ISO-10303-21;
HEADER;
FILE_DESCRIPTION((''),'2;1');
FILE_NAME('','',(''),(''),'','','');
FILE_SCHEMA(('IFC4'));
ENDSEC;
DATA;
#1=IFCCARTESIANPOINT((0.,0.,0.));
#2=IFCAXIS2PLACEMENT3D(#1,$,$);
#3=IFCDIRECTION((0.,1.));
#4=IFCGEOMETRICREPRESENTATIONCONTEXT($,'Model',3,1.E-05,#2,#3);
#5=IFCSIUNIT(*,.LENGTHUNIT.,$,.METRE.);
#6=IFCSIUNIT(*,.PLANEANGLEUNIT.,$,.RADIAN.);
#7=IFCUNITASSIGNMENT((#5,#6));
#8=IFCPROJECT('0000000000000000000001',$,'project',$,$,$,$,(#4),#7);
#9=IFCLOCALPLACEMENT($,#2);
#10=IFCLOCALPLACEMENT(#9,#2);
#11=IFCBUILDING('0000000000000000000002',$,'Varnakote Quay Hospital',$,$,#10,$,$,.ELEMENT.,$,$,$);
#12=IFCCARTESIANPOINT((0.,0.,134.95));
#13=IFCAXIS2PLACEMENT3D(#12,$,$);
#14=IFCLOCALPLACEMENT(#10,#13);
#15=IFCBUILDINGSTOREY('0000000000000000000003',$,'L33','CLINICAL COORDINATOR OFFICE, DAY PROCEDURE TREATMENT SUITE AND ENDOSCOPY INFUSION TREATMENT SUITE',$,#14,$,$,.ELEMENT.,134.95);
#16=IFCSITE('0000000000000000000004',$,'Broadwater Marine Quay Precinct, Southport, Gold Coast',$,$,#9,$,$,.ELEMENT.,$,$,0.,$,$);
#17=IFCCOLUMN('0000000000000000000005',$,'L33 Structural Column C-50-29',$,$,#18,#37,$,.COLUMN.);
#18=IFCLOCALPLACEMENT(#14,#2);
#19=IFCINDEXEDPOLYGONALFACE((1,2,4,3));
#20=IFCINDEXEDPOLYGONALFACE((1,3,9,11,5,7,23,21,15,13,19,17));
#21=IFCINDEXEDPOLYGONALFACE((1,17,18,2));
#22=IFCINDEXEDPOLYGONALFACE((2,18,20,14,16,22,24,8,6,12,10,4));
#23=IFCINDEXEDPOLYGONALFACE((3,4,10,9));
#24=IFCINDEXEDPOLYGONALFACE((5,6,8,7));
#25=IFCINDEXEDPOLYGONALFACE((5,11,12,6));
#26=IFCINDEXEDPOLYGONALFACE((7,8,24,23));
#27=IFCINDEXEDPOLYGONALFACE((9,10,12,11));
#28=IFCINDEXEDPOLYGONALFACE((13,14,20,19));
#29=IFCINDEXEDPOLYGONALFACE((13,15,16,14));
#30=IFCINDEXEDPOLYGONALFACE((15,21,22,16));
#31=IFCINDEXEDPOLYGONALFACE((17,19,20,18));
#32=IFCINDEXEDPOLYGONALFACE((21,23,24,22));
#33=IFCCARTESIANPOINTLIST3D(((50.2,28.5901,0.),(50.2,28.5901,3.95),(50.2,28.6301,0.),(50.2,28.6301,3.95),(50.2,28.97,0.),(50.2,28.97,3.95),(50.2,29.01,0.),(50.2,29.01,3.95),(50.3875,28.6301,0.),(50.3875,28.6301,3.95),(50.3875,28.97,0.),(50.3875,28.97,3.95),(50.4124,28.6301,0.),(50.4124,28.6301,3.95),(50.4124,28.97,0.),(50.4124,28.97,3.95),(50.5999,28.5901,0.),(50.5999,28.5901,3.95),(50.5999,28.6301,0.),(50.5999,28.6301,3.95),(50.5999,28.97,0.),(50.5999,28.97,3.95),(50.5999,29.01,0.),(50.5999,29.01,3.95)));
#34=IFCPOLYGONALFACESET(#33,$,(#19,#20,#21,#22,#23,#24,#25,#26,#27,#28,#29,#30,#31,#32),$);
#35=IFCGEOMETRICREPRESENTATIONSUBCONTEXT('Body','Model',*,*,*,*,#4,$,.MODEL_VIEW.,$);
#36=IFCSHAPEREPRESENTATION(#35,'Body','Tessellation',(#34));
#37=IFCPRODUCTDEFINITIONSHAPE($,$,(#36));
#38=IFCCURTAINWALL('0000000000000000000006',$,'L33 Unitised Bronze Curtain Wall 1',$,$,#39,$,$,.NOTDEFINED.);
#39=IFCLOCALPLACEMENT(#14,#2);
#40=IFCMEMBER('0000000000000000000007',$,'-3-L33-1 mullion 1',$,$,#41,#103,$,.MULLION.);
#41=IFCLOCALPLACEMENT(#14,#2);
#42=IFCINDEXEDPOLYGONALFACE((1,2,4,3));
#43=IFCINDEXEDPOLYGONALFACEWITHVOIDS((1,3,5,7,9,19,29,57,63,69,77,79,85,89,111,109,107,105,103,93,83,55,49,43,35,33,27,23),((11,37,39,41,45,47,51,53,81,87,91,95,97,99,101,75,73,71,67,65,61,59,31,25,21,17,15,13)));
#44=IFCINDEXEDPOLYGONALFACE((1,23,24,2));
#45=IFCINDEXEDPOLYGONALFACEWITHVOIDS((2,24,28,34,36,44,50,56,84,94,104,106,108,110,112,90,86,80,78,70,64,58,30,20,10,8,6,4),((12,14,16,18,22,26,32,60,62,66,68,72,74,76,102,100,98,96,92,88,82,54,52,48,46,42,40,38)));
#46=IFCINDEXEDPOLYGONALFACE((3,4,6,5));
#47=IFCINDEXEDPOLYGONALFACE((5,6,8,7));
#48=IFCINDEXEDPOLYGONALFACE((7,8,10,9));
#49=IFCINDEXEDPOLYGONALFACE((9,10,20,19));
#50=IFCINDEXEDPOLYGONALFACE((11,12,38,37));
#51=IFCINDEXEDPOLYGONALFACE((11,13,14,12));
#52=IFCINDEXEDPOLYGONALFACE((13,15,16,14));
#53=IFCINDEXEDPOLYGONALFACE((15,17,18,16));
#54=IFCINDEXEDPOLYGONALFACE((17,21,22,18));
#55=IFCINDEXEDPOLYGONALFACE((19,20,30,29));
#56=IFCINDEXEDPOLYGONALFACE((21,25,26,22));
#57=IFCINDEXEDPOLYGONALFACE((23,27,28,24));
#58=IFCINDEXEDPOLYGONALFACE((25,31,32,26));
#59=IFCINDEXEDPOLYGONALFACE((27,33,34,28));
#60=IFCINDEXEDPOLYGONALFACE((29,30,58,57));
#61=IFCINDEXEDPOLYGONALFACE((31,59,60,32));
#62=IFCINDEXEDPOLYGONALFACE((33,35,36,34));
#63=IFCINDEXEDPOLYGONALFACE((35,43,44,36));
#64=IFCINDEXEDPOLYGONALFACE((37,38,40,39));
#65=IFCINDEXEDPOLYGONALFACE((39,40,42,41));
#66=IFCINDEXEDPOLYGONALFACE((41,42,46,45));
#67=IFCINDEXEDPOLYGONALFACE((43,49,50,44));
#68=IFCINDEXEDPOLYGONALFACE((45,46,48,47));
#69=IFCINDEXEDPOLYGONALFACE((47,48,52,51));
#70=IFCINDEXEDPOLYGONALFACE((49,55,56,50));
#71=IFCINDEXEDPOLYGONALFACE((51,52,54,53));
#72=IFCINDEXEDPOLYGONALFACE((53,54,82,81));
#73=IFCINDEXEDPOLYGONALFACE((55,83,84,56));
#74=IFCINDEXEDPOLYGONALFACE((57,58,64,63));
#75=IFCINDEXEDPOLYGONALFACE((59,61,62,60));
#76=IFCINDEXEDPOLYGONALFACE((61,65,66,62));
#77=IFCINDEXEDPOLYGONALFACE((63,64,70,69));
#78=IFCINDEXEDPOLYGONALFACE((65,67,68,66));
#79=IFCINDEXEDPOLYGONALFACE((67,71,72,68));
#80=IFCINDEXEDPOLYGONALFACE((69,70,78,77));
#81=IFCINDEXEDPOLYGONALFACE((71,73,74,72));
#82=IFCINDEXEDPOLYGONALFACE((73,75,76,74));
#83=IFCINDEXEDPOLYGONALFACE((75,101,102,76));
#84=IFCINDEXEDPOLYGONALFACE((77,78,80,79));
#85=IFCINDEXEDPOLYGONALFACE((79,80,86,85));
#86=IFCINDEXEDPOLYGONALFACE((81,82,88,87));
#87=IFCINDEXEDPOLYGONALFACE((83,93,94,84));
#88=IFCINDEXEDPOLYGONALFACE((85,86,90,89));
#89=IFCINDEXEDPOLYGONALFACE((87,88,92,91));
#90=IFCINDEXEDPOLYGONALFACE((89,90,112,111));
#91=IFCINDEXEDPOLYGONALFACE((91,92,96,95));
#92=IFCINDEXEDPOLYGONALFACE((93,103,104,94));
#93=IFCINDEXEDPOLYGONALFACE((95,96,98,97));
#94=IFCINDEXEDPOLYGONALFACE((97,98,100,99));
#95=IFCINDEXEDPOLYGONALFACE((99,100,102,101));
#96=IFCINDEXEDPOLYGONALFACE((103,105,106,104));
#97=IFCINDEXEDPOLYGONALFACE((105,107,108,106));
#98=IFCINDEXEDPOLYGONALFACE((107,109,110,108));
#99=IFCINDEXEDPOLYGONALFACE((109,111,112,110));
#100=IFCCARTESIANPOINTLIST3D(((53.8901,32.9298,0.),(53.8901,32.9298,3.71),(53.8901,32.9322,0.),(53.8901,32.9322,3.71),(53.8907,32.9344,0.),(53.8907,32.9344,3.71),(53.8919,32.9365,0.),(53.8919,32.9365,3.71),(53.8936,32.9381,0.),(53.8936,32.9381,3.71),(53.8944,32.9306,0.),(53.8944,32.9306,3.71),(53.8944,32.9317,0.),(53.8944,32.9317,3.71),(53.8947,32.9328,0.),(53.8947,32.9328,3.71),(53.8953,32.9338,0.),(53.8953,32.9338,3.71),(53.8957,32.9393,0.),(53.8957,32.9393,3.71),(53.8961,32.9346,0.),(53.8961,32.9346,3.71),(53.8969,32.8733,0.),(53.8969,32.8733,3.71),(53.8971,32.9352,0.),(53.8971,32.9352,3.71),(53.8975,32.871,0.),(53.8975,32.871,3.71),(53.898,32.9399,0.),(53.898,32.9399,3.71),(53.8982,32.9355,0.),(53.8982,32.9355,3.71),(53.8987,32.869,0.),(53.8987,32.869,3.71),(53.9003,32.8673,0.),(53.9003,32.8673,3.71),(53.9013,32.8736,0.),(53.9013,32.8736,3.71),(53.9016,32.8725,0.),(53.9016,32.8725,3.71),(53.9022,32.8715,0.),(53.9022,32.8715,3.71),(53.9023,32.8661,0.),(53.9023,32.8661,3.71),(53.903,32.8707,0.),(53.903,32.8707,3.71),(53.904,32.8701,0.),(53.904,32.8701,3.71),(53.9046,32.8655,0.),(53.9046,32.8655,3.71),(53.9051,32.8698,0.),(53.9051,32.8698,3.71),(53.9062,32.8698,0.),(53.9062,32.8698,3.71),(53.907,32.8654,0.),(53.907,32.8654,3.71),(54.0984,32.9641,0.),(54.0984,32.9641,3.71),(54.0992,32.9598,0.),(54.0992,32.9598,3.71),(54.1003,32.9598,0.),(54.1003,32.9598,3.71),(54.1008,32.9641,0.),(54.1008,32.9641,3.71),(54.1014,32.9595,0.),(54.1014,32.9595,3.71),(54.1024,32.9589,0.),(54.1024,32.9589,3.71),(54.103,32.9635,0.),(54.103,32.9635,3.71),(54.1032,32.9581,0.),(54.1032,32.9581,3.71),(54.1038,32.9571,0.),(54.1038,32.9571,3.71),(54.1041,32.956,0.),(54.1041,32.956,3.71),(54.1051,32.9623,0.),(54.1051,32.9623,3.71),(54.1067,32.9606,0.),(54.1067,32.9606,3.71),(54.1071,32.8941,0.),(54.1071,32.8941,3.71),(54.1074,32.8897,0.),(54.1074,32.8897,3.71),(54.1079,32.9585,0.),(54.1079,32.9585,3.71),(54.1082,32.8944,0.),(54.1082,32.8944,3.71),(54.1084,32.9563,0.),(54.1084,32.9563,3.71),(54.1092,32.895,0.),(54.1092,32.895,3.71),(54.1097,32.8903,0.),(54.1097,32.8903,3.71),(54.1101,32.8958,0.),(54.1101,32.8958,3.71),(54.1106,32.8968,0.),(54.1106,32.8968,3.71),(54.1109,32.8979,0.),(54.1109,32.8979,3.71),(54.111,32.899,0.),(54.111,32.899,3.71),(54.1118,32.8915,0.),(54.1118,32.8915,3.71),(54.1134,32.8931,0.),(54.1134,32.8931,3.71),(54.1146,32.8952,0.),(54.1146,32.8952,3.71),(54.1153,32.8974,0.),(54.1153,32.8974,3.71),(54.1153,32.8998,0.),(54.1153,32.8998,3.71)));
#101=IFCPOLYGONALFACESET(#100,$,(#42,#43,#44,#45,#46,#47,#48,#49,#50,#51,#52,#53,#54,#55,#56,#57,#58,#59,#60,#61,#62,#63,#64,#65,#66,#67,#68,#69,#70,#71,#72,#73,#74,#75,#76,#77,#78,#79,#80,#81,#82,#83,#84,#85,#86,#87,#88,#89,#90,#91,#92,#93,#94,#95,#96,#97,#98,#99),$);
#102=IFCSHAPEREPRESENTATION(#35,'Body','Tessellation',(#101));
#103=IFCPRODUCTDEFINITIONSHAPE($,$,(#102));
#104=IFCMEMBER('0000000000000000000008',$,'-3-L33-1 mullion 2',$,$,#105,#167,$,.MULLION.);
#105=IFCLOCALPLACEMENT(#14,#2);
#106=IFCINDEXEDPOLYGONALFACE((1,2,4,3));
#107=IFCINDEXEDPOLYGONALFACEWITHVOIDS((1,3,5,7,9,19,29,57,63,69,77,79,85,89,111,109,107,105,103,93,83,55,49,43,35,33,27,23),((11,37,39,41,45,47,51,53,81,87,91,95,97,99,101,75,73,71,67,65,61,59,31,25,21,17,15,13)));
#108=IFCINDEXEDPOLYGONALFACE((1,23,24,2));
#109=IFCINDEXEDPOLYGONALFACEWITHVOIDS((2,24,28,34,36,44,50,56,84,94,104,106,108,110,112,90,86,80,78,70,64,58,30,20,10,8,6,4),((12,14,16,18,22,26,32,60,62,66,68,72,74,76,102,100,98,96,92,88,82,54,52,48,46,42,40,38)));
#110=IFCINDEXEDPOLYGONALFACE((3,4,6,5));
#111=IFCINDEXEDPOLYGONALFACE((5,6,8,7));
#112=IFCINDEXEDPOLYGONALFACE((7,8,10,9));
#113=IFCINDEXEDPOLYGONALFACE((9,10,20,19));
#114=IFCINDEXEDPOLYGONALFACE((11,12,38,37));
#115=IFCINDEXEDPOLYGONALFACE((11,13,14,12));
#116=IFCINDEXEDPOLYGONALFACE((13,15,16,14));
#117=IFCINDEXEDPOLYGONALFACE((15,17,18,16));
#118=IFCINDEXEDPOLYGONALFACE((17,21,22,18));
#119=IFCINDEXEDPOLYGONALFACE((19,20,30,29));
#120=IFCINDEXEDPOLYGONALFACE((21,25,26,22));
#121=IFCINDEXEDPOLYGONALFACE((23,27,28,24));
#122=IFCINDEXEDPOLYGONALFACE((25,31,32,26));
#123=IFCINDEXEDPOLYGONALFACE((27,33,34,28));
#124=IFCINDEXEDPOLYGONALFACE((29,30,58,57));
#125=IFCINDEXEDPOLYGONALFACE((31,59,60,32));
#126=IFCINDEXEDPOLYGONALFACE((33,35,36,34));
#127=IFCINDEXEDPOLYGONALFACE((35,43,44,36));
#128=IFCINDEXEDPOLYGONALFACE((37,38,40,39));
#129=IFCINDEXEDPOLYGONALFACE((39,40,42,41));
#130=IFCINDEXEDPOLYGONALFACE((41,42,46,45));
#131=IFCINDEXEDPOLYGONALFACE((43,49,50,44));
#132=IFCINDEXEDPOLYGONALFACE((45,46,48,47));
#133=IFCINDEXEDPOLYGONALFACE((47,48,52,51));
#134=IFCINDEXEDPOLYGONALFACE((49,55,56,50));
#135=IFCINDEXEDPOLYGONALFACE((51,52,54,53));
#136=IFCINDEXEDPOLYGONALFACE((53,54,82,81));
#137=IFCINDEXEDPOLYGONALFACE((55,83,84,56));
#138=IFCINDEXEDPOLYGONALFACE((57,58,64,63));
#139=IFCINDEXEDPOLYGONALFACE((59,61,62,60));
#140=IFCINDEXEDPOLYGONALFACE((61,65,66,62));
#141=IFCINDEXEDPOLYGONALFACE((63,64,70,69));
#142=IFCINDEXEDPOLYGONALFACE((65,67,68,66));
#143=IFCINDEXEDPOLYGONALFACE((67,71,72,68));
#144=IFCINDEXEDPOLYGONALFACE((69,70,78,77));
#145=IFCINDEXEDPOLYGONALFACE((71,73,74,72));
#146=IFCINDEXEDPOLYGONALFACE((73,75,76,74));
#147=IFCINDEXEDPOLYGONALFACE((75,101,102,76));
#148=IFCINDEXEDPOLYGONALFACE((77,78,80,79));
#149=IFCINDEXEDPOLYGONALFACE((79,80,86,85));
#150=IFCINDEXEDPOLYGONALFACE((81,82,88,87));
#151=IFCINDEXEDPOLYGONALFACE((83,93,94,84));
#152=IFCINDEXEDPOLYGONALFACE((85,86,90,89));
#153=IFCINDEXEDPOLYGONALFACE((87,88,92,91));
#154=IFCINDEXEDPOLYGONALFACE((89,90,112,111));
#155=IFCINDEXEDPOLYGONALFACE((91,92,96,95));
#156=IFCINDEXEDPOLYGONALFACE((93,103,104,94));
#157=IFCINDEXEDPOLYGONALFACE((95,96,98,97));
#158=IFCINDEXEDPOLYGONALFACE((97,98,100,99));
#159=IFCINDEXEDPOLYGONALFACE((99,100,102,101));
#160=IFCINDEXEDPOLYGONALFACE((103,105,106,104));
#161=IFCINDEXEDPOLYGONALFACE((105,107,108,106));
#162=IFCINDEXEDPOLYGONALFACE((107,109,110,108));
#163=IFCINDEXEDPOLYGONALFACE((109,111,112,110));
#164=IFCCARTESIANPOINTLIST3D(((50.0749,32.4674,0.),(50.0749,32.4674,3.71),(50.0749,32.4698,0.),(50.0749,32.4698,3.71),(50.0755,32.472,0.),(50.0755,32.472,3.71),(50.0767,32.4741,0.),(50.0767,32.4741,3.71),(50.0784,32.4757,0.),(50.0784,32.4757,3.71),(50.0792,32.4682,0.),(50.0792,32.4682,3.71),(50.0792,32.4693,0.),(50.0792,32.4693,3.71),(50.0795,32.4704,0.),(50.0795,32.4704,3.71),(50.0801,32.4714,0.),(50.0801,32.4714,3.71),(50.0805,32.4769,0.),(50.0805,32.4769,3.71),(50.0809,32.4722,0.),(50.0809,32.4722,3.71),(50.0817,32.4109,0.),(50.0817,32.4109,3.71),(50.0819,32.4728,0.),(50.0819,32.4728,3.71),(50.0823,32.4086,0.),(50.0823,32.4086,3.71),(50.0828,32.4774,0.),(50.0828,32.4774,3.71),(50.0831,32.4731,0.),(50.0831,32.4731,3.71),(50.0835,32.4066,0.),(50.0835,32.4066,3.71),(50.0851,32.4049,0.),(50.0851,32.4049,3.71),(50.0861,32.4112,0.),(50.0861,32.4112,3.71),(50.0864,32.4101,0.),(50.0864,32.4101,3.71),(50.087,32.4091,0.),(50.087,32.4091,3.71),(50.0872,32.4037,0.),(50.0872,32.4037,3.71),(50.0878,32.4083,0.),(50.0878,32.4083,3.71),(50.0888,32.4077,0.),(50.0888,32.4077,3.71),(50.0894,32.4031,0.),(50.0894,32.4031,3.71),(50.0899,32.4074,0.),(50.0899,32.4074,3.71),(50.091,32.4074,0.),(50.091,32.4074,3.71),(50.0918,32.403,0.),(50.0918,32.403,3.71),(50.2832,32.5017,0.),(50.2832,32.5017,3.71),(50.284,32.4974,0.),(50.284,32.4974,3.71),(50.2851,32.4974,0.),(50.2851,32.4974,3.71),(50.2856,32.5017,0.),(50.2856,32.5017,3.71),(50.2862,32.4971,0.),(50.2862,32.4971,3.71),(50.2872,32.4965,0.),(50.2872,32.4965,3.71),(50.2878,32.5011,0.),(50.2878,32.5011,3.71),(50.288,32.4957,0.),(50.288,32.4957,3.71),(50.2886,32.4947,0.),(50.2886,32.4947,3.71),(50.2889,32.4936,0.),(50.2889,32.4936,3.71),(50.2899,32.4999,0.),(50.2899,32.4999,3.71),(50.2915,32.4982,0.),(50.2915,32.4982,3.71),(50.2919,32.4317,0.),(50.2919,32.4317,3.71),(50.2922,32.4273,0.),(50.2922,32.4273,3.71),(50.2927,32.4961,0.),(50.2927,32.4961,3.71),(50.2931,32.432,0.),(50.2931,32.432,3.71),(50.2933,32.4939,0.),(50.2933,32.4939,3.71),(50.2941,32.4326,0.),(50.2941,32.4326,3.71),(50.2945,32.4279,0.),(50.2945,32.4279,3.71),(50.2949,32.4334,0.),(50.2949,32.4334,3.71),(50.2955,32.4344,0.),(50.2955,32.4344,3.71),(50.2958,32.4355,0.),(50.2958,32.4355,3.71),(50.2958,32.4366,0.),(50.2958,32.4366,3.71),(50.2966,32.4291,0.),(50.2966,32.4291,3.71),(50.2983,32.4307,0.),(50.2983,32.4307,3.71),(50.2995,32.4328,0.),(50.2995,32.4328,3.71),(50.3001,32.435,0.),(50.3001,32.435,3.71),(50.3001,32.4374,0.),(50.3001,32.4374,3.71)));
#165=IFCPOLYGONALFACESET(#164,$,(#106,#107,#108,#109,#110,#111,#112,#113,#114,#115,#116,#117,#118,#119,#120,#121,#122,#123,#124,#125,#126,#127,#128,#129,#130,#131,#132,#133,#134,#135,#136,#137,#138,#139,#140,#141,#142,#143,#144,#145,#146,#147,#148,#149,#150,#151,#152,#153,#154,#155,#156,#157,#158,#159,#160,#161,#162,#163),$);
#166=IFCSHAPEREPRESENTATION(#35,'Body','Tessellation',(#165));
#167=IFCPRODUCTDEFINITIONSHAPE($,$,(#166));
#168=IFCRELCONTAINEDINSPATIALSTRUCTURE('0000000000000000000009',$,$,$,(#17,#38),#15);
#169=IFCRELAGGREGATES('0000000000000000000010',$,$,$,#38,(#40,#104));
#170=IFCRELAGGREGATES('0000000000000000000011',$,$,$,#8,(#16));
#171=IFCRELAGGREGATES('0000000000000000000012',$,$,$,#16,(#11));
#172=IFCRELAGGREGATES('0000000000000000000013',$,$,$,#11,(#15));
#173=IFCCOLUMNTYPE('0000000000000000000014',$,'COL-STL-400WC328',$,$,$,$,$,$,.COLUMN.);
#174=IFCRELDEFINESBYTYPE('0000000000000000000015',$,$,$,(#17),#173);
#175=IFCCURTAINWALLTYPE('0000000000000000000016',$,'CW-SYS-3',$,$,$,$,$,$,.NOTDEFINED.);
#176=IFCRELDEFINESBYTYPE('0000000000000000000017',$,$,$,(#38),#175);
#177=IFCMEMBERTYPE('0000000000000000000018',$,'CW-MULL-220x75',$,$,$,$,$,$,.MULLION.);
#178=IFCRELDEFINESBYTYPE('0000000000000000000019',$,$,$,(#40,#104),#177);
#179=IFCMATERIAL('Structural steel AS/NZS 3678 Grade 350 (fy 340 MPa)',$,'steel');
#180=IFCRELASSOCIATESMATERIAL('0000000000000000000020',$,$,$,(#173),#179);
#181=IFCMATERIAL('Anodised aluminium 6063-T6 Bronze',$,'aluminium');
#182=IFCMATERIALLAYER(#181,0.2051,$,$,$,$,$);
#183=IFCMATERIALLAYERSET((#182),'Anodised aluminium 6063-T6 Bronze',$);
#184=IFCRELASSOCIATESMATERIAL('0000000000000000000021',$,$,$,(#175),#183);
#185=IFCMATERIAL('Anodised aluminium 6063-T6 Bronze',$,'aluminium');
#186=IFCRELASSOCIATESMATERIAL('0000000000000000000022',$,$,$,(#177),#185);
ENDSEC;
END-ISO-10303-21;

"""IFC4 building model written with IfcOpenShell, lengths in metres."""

from ifc_helpers import new_model, si_unit, direction, frame, origin, origin_2d, place, context, subcontext, project, spatial, hollow_rectangle, i_section, extrude, material, layer, layer_set, material_profile, profile_set, type_object, element, aggregate, save


model = new_model("IFC4")

# Units and contexts
model_context = context("Model", 3, precision=1e-05, world=origin(), true_north=direction((0.0, 1.0)))
body_context = subcontext(model_context, "Body", "Model", "MODEL_VIEW")
ifc_project = project(units=[si_unit("LENGTHUNIT", "METRE"), si_unit("PLANEANGLEUNIT", "RADIAN")], contexts=[model_context])

# Site, building, storey
site_placement = place(None, origin())
site = spatial("IfcSite", under=ifc_project, at=site_placement, Name="Broadwater Marine Quay Precinct, Southport, Gold Coast", CompositionType="ELEMENT", RefElevation=0.0)
building_placement = place(site_placement, origin())
building = spatial("IfcBuilding", under=site, at=building_placement, Name="Varnakote Quay Hospital", CompositionType="ELEMENT")
storey_placement = place(building_placement, frame((0.0, 0.0, 134.95)))
storey = spatial("IfcBuildingStorey", under=building, at=storey_placement, Name="L33", Description="CLINICAL COORDINATOR OFFICE, DAY PROCEDURE TREATMENT SUITE AND ENDOSCOPY INFUSION TREATMENT SUITE", CompositionType="ELEMENT", Elevation=134.95)

# Column
ifc_material_1 = material(Name="Structural steel AS/NZS 3678 Grade 350 (fy 340 MPa)", Category="steel")
ifc_material_profile_1 = material_profile(ifc_material_1, i_section(OverallWidth=0.3999, OverallDepth=0.4199, WebThickness=0.0249, FlangeThickness=0.04, at=origin_2d()), Name="400WC328")
ifc_profile_set_1 = profile_set([ifc_material_profile_1], Name="Structural steel AS/NZS 3678 Grade 350 (fy 340 MPa)")
column_type = type_object("IfcColumnType", Name="COL-STL-400WC328", PredefinedType="COLUMN", material=ifc_profile_set_1)
column_placement = place(storey_placement, frame((50.3999, 28.8, 0.0), z_axis=(0.0, 0.0, 1.0), x_axis=(1.0, 0.0, 0.0)))
element("IfcColumn", 1, at=column_placement, inside=storey, type_object=column_type, Name="L33 Structural Column C-50-29", PredefinedType="COLUMN", context=body_context, shape_type="SweptSolid", body=[
    extrude(i_section(OverallWidth=0.3999, OverallDepth=0.4199, WebThickness=0.0249, FlangeThickness=0.04, at=origin_2d()), origin(), (0.0, 0.0, 1.0), 3.95),
])

# Curtain wall, members
ifc_material_2 = material(Name="Anodised aluminium 6063-T6 Bronze", Category="aluminium")
ifc_layer_1 = layer(ifc_material_2, 0.2051)
ifc_layer_set_1 = layer_set([ifc_layer_1], Name="Anodised aluminium 6063-T6 Bronze")
curtain_wall_type = type_object("IfcCurtainWallType", Name="CW-SYS-3", PredefinedType="NOTDEFINED", material=ifc_layer_set_1)
curtain_wall_placement = place(storey_placement, origin())
curtain_wall = element("IfcCurtainWall", 2, at=curtain_wall_placement, inside=storey, type_object=curtain_wall_type, Name="L33 Unitised Bronze Curtain Wall 1", PredefinedType="NOTDEFINED")
ifc_material_3 = material(Name="Anodised aluminium 6063-T6 Bronze", Category="aluminium")
ifc_material_profile_2 = material_profile(ifc_material_3, hollow_rectangle(XDim=0.075, YDim=0.22, WallThickness=0.0044, InnerFilletRadius=0.0044, OuterFilletRadius=0.009, at=origin_2d()), Name="CW-MULL-220x75")
ifc_profile_set_2 = profile_set([ifc_material_profile_2], Name="Anodised aluminium 6063-T6 Bronze")
member_type_1 = type_object("IfcMemberType", Name="CW-MULL-220x75", PredefinedType="MULLION", material=ifc_profile_set_2)
member_1_placement = place(storey_placement, frame((54.0027, 32.9148, 0.0), z_axis=(0.0, 0.0, 1.0), x_axis=(0.120327, -0.992734, 0.0)))
member_1 = element("IfcMember", 3, at=member_1_placement, type_object=member_type_1, Name="-3-L33-1 mullion 1", PredefinedType="MULLION", context=body_context, shape_type="SweptSolid", body=[
    extrude(hollow_rectangle(XDim=0.075, YDim=0.22, WallThickness=0.0044, InnerFilletRadius=0.0044, OuterFilletRadius=0.009, at=origin_2d()), origin(), (0.0, 0.0, 1.0), 3.71),
])
member_2_placement = place(storey_placement, frame((50.1875, 32.4524, 0.0), z_axis=(0.0, 0.0, 1.0), x_axis=(0.120327, -0.992734, 0.0)))
member_2 = element("IfcMember", 4, at=member_2_placement, type_object=member_type_1, Name="-3-L33-1 mullion 2", PredefinedType="MULLION", context=body_context, shape_type="SweptSolid", body=[
    extrude(hollow_rectangle(XDim=0.075, YDim=0.22, WallThickness=0.0044, InnerFilletRadius=0.0044, OuterFilletRadius=0.009, at=origin_2d()), origin(), (0.0, 0.0, 1.0), 3.71),
])
aggregate(curtain_wall, [member_1, member_2])

save(model, "model.ifc")
